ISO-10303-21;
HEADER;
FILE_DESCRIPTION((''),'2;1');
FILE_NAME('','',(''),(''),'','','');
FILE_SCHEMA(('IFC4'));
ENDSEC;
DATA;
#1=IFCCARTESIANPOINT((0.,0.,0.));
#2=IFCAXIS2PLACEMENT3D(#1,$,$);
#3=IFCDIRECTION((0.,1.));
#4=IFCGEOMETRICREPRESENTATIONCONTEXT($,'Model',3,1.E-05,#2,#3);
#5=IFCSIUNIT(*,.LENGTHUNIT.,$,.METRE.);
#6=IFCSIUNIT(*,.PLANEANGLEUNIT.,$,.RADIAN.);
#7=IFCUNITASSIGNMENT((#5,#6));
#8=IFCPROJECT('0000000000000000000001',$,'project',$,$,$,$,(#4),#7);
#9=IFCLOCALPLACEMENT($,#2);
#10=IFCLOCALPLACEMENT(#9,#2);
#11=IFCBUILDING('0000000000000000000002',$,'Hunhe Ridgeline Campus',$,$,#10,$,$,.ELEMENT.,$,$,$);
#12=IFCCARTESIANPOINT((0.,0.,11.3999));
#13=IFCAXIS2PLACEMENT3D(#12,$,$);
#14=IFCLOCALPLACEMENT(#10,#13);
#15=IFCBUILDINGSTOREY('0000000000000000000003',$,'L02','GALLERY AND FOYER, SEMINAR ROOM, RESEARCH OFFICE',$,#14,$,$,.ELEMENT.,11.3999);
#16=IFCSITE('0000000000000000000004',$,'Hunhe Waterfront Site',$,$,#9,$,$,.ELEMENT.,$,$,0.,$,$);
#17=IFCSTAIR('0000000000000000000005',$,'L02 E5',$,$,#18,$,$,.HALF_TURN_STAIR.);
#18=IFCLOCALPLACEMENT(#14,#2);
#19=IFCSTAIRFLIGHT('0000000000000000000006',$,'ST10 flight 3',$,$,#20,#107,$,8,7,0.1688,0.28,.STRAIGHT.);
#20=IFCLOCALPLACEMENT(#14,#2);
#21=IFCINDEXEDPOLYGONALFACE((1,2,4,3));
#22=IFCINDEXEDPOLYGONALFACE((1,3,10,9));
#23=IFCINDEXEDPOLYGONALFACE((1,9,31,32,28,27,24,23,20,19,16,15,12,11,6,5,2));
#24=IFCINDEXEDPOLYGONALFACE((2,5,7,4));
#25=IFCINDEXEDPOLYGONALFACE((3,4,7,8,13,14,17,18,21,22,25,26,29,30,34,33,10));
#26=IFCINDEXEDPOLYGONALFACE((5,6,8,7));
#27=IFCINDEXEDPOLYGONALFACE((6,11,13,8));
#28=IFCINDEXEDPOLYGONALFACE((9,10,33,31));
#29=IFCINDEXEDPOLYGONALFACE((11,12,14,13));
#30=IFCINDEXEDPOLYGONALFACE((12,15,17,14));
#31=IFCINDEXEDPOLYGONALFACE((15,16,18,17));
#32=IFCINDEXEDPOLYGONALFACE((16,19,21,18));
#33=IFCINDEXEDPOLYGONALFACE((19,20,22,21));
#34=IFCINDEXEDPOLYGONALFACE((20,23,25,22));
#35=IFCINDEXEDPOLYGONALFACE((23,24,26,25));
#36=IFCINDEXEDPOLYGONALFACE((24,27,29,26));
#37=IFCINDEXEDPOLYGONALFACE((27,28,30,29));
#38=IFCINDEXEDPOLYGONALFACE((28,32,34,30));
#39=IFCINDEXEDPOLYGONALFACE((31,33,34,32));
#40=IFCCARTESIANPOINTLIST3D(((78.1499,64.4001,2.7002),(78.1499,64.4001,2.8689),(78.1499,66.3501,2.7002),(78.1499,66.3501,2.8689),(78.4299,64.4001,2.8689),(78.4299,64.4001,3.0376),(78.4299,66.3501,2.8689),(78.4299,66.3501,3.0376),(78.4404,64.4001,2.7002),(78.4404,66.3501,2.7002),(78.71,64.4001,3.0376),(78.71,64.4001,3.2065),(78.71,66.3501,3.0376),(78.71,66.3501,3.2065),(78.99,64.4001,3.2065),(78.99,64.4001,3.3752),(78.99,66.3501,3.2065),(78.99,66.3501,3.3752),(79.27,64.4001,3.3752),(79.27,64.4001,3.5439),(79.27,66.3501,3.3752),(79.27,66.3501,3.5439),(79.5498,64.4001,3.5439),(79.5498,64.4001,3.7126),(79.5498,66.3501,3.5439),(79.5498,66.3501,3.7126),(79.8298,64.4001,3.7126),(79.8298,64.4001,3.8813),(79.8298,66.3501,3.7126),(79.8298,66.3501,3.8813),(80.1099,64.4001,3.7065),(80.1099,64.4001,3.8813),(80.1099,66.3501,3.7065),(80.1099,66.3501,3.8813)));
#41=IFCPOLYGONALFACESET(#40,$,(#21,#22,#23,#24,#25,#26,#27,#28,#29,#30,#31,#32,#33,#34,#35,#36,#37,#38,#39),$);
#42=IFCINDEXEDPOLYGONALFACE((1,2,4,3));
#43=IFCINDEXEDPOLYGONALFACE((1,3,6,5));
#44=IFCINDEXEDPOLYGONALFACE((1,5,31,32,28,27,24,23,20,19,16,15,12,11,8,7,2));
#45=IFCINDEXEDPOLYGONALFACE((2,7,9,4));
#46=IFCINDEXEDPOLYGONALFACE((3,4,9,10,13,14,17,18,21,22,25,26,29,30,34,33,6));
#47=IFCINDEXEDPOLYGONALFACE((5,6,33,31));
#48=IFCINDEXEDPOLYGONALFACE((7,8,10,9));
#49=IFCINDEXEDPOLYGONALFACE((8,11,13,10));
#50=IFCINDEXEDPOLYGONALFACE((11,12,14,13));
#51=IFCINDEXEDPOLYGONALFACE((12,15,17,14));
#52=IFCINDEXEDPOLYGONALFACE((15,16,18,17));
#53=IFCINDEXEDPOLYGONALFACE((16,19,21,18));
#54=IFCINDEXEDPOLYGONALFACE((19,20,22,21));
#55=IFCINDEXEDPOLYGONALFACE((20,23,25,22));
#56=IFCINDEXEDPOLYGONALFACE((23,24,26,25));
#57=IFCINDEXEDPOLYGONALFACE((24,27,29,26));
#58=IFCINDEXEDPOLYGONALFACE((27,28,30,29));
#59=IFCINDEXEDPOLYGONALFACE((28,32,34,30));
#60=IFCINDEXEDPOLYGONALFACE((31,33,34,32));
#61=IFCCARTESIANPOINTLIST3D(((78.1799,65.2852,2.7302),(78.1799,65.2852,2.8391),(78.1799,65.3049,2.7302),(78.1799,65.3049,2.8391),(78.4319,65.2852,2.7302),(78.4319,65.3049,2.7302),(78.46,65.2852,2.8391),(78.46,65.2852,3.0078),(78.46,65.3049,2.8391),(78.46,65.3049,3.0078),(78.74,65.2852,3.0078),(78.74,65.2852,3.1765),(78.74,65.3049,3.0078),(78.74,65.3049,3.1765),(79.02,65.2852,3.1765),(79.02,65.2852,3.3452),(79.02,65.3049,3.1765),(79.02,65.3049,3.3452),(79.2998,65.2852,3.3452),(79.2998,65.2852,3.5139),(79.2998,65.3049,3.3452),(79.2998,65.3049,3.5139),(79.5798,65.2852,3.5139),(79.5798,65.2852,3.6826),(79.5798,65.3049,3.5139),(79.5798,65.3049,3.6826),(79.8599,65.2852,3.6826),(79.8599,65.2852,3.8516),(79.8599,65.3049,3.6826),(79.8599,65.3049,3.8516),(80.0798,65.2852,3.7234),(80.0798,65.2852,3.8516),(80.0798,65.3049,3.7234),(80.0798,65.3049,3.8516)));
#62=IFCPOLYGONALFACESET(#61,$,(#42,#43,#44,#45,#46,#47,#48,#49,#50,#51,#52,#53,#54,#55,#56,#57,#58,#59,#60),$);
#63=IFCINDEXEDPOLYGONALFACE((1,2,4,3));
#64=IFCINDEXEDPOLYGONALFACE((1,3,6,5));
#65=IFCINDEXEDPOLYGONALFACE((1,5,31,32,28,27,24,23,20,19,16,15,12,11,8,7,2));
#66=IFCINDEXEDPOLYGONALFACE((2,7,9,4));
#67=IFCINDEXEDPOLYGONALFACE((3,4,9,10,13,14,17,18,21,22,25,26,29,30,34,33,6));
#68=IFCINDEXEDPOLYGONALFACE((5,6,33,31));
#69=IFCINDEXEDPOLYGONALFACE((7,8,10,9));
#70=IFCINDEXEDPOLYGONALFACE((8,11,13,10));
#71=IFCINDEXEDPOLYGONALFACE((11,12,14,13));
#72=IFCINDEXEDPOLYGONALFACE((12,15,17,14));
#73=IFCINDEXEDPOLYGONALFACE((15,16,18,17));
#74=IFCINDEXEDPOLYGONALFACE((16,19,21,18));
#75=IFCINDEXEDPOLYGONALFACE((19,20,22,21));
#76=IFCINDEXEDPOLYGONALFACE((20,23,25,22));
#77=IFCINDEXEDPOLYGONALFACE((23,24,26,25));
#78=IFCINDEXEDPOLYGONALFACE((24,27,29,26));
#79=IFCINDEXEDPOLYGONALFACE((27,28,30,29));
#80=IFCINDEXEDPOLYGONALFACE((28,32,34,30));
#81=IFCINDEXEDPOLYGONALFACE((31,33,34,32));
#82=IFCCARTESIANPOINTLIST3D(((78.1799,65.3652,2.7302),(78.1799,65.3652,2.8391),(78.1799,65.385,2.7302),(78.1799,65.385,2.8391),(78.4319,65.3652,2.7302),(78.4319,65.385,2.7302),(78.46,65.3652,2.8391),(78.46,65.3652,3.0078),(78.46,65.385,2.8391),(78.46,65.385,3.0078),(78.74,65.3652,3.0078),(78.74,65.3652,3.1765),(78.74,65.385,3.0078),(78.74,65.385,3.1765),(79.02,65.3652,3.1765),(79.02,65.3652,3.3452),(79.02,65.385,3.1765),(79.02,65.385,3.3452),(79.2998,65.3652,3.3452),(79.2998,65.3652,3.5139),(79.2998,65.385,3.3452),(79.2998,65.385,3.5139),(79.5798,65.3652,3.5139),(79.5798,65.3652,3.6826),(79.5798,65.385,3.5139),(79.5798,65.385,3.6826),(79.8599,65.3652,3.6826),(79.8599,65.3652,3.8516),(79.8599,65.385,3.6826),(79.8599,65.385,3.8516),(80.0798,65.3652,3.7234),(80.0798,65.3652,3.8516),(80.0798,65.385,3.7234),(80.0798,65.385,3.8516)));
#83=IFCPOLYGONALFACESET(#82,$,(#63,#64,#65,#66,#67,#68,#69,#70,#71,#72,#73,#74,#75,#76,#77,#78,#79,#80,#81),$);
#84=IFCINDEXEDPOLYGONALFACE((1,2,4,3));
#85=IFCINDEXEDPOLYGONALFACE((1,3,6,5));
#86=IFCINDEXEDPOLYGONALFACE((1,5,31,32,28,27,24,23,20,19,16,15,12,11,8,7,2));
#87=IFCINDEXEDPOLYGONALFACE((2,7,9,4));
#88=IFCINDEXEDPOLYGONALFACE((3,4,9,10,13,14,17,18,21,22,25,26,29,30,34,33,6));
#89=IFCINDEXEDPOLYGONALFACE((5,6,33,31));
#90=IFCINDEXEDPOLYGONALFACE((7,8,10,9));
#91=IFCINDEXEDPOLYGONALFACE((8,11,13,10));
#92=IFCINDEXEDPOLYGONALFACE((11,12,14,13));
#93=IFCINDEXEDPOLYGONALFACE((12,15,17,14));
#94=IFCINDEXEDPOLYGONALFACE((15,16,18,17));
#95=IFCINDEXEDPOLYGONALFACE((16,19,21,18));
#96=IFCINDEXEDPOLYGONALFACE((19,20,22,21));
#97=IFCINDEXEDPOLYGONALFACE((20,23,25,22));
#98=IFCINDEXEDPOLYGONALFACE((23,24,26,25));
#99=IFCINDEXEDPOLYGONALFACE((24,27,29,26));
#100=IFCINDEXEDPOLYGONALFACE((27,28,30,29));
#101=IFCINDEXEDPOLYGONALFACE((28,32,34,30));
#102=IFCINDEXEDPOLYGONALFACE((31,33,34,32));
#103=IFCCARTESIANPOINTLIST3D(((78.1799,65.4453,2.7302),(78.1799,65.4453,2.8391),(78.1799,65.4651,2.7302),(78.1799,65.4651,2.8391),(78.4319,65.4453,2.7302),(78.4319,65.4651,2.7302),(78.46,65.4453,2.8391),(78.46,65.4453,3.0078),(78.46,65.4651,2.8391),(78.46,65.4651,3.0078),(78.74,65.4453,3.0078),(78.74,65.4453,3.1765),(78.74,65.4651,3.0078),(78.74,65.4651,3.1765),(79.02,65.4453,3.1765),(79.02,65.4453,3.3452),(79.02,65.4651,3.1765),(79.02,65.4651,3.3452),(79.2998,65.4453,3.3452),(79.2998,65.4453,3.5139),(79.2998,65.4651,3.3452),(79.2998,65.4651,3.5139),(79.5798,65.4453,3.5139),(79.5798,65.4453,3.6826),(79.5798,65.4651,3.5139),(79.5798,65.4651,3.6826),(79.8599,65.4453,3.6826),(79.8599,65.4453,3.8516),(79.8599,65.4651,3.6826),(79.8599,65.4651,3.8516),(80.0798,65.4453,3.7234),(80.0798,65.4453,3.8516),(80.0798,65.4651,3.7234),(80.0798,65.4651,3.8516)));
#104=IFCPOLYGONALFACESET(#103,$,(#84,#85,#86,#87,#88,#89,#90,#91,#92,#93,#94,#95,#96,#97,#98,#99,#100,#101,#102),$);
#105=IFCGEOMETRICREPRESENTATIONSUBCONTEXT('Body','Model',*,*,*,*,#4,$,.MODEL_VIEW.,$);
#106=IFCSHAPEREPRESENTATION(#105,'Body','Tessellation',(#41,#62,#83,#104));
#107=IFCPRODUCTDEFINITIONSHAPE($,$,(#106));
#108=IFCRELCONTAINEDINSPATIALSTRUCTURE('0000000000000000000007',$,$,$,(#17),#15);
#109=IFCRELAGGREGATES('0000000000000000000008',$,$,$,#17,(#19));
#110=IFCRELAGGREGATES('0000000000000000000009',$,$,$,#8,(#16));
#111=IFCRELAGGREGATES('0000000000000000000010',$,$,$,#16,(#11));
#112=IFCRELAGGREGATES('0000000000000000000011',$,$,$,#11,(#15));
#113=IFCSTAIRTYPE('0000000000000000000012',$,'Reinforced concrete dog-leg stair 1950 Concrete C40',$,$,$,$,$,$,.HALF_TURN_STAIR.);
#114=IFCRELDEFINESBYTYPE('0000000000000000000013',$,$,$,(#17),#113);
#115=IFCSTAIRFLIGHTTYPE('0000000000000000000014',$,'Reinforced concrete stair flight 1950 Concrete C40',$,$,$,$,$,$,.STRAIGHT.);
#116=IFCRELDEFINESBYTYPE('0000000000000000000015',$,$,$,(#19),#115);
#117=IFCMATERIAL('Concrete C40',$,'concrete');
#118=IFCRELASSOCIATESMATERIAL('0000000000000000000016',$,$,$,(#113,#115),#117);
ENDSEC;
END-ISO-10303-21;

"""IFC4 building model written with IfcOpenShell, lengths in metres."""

from ifc_helpers import new_model, si_unit, direction, frame, origin, place, context, subcontext, project, spatial, polyline, outline, extrude, material, type_object, element, aggregate, save


model = new_model("IFC4")

# Units and contexts
model_context = context("Model", 3, precision=1e-05, world=origin(), true_north=direction((0.0, 1.0)))
body_context = subcontext(model_context, "Body", "Model", "MODEL_VIEW")
ifc_project = project(units=[si_unit("LENGTHUNIT", "METRE"), si_unit("PLANEANGLEUNIT", "RADIAN")], contexts=[model_context])

# Site, building, storey
site_placement = place(None, origin())
site = spatial("IfcSite", under=ifc_project, at=site_placement, Name="Hunhe Waterfront Site", CompositionType="ELEMENT", RefElevation=0.0)
building_placement = place(site_placement, origin())
building = spatial("IfcBuilding", under=site, at=building_placement, Name="Hunhe Ridgeline Campus", CompositionType="ELEMENT")
storey_placement = place(building_placement, frame((0.0, 0.0, 11.3999)))
storey = spatial("IfcBuildingStorey", under=building, at=storey_placement, Name="L02", Description="GALLERY AND FOYER, SEMINAR ROOM, RESEARCH OFFICE", CompositionType="ELEMENT", Elevation=11.3999)

# Stair, stair flight
ifc_material_1 = material(Name="Concrete C40", Category="concrete")
stair_type = type_object("IfcStairType", Name="Reinforced concrete dog-leg stair 1950 Concrete C40", PredefinedType="HALF_TURN_STAIR", material=ifc_material_1)
stair_placement = place(storey_placement, origin())
stair = element("IfcStair", 1, at=stair_placement, inside=storey, type_object=stair_type, Name="L02 E5", PredefinedType="HALF_TURN_STAIR")
stair_flight_type = type_object("IfcStairFlightType", Name="Reinforced concrete stair flight 1950 Concrete C40", PredefinedType="STRAIGHT", material=ifc_material_1)
stair_flight_1_placement = place(storey_placement, frame((78.1499, 65.375, 2.7002), z_axis=(0.0, 0.0, 1.0), x_axis=(1.0, 0.0, 0.0)))
stair_flight_1 = element("IfcStairFlight", 2, at=stair_flight_1_placement, type_object=stair_flight_type, Name="ST10 flight 3", NumberOfRisers=8, NumberOfTreads=7, PredefinedType="STRAIGHT", RiserHeight=0.1688, TreadLength=0.28, context=body_context, shape_type="SweptSolid", body=[
    extrude(outline(polyline([(0.0, 0.0), (0.0, 0.1687), (0.28, 0.1687), (0.28, 0.3374), (0.5601, 0.3374), (0.5601, 0.5063), (0.8401, 0.5063), (0.8401, 0.675), (1.1201, 0.675), (1.1201, 0.8438), (1.3999, 0.8438), (1.3999, 1.0125), (1.6799, 1.0125), (1.6799, 1.1812), (1.96, 1.1812), (1.96, 1.3501), (1.96, 1.0063), (0.2905, 0.0), (0.0, 0.0)])), frame((0.0, 0.9751, 0.0), z_axis=(0.0, -1.0, 0.0), x_axis=(1.0, 0.0, 0.0)), (0.0, 0.0, 1.0), 1.95),
    extrude(outline(polyline([(0.03, 0.03), (0.03, 0.1389), (0.3101, 0.1389), (0.3101, 0.3076), (0.5901, 0.3076), (0.5901, 0.4763), (0.8701, 0.4763), (0.8701, 0.645), (1.1499, 0.645), (1.1499, 0.8137), (1.4299, 0.8137), (1.4299, 0.9824), (1.71, 0.9824), (1.71, 1.1514), (1.9299, 1.1514), (1.9299, 1.0232), (0.282, 0.03), (0.03, 0.03)])), frame((0.0, -0.0701, 0.0), z_axis=(0.0, -1.0, 0.0), x_axis=(1.0, 0.0, 0.0)), (0.0, 0.0, 1.0), 0.0198),
    extrude(outline(polyline([(0.03, 0.03), (0.03, 0.1389), (0.3101, 0.1389), (0.3101, 0.3076), (0.5901, 0.3076), (0.5901, 0.4763), (0.8701, 0.4763), (0.8701, 0.645), (1.1499, 0.645), (1.1499, 0.8137), (1.4299, 0.8137), (1.4299, 0.9824), (1.71, 0.9824), (1.71, 1.1514), (1.9299, 1.1514), (1.9299, 1.0232), (0.282, 0.03), (0.03, 0.03)])), frame((0.0, 0.01, 0.0), z_axis=(0.0, -1.0, 0.0), x_axis=(1.0, 0.0, 0.0)), (0.0, 0.0, 1.0), 0.0198),
    extrude(outline(polyline([(0.03, 0.03), (0.03, 0.1389), (0.3101, 0.1389), (0.3101, 0.3076), (0.5901, 0.3076), (0.5901, 0.4763), (0.8701, 0.4763), (0.8701, 0.645), (1.1499, 0.645), (1.1499, 0.8137), (1.4299, 0.8137), (1.4299, 0.9824), (1.71, 0.9824), (1.71, 1.1514), (1.9299, 1.1514), (1.9299, 1.0232), (0.282, 0.03), (0.03, 0.03)])), frame((0.0, 0.0901, 0.0), z_axis=(0.0, -1.0, 0.0), x_axis=(1.0, 0.0, 0.0)), (0.0, 0.0, 1.0), 0.0198),
])
aggregate(stair, [stair_flight_1])

save(model, "model.ifc")
